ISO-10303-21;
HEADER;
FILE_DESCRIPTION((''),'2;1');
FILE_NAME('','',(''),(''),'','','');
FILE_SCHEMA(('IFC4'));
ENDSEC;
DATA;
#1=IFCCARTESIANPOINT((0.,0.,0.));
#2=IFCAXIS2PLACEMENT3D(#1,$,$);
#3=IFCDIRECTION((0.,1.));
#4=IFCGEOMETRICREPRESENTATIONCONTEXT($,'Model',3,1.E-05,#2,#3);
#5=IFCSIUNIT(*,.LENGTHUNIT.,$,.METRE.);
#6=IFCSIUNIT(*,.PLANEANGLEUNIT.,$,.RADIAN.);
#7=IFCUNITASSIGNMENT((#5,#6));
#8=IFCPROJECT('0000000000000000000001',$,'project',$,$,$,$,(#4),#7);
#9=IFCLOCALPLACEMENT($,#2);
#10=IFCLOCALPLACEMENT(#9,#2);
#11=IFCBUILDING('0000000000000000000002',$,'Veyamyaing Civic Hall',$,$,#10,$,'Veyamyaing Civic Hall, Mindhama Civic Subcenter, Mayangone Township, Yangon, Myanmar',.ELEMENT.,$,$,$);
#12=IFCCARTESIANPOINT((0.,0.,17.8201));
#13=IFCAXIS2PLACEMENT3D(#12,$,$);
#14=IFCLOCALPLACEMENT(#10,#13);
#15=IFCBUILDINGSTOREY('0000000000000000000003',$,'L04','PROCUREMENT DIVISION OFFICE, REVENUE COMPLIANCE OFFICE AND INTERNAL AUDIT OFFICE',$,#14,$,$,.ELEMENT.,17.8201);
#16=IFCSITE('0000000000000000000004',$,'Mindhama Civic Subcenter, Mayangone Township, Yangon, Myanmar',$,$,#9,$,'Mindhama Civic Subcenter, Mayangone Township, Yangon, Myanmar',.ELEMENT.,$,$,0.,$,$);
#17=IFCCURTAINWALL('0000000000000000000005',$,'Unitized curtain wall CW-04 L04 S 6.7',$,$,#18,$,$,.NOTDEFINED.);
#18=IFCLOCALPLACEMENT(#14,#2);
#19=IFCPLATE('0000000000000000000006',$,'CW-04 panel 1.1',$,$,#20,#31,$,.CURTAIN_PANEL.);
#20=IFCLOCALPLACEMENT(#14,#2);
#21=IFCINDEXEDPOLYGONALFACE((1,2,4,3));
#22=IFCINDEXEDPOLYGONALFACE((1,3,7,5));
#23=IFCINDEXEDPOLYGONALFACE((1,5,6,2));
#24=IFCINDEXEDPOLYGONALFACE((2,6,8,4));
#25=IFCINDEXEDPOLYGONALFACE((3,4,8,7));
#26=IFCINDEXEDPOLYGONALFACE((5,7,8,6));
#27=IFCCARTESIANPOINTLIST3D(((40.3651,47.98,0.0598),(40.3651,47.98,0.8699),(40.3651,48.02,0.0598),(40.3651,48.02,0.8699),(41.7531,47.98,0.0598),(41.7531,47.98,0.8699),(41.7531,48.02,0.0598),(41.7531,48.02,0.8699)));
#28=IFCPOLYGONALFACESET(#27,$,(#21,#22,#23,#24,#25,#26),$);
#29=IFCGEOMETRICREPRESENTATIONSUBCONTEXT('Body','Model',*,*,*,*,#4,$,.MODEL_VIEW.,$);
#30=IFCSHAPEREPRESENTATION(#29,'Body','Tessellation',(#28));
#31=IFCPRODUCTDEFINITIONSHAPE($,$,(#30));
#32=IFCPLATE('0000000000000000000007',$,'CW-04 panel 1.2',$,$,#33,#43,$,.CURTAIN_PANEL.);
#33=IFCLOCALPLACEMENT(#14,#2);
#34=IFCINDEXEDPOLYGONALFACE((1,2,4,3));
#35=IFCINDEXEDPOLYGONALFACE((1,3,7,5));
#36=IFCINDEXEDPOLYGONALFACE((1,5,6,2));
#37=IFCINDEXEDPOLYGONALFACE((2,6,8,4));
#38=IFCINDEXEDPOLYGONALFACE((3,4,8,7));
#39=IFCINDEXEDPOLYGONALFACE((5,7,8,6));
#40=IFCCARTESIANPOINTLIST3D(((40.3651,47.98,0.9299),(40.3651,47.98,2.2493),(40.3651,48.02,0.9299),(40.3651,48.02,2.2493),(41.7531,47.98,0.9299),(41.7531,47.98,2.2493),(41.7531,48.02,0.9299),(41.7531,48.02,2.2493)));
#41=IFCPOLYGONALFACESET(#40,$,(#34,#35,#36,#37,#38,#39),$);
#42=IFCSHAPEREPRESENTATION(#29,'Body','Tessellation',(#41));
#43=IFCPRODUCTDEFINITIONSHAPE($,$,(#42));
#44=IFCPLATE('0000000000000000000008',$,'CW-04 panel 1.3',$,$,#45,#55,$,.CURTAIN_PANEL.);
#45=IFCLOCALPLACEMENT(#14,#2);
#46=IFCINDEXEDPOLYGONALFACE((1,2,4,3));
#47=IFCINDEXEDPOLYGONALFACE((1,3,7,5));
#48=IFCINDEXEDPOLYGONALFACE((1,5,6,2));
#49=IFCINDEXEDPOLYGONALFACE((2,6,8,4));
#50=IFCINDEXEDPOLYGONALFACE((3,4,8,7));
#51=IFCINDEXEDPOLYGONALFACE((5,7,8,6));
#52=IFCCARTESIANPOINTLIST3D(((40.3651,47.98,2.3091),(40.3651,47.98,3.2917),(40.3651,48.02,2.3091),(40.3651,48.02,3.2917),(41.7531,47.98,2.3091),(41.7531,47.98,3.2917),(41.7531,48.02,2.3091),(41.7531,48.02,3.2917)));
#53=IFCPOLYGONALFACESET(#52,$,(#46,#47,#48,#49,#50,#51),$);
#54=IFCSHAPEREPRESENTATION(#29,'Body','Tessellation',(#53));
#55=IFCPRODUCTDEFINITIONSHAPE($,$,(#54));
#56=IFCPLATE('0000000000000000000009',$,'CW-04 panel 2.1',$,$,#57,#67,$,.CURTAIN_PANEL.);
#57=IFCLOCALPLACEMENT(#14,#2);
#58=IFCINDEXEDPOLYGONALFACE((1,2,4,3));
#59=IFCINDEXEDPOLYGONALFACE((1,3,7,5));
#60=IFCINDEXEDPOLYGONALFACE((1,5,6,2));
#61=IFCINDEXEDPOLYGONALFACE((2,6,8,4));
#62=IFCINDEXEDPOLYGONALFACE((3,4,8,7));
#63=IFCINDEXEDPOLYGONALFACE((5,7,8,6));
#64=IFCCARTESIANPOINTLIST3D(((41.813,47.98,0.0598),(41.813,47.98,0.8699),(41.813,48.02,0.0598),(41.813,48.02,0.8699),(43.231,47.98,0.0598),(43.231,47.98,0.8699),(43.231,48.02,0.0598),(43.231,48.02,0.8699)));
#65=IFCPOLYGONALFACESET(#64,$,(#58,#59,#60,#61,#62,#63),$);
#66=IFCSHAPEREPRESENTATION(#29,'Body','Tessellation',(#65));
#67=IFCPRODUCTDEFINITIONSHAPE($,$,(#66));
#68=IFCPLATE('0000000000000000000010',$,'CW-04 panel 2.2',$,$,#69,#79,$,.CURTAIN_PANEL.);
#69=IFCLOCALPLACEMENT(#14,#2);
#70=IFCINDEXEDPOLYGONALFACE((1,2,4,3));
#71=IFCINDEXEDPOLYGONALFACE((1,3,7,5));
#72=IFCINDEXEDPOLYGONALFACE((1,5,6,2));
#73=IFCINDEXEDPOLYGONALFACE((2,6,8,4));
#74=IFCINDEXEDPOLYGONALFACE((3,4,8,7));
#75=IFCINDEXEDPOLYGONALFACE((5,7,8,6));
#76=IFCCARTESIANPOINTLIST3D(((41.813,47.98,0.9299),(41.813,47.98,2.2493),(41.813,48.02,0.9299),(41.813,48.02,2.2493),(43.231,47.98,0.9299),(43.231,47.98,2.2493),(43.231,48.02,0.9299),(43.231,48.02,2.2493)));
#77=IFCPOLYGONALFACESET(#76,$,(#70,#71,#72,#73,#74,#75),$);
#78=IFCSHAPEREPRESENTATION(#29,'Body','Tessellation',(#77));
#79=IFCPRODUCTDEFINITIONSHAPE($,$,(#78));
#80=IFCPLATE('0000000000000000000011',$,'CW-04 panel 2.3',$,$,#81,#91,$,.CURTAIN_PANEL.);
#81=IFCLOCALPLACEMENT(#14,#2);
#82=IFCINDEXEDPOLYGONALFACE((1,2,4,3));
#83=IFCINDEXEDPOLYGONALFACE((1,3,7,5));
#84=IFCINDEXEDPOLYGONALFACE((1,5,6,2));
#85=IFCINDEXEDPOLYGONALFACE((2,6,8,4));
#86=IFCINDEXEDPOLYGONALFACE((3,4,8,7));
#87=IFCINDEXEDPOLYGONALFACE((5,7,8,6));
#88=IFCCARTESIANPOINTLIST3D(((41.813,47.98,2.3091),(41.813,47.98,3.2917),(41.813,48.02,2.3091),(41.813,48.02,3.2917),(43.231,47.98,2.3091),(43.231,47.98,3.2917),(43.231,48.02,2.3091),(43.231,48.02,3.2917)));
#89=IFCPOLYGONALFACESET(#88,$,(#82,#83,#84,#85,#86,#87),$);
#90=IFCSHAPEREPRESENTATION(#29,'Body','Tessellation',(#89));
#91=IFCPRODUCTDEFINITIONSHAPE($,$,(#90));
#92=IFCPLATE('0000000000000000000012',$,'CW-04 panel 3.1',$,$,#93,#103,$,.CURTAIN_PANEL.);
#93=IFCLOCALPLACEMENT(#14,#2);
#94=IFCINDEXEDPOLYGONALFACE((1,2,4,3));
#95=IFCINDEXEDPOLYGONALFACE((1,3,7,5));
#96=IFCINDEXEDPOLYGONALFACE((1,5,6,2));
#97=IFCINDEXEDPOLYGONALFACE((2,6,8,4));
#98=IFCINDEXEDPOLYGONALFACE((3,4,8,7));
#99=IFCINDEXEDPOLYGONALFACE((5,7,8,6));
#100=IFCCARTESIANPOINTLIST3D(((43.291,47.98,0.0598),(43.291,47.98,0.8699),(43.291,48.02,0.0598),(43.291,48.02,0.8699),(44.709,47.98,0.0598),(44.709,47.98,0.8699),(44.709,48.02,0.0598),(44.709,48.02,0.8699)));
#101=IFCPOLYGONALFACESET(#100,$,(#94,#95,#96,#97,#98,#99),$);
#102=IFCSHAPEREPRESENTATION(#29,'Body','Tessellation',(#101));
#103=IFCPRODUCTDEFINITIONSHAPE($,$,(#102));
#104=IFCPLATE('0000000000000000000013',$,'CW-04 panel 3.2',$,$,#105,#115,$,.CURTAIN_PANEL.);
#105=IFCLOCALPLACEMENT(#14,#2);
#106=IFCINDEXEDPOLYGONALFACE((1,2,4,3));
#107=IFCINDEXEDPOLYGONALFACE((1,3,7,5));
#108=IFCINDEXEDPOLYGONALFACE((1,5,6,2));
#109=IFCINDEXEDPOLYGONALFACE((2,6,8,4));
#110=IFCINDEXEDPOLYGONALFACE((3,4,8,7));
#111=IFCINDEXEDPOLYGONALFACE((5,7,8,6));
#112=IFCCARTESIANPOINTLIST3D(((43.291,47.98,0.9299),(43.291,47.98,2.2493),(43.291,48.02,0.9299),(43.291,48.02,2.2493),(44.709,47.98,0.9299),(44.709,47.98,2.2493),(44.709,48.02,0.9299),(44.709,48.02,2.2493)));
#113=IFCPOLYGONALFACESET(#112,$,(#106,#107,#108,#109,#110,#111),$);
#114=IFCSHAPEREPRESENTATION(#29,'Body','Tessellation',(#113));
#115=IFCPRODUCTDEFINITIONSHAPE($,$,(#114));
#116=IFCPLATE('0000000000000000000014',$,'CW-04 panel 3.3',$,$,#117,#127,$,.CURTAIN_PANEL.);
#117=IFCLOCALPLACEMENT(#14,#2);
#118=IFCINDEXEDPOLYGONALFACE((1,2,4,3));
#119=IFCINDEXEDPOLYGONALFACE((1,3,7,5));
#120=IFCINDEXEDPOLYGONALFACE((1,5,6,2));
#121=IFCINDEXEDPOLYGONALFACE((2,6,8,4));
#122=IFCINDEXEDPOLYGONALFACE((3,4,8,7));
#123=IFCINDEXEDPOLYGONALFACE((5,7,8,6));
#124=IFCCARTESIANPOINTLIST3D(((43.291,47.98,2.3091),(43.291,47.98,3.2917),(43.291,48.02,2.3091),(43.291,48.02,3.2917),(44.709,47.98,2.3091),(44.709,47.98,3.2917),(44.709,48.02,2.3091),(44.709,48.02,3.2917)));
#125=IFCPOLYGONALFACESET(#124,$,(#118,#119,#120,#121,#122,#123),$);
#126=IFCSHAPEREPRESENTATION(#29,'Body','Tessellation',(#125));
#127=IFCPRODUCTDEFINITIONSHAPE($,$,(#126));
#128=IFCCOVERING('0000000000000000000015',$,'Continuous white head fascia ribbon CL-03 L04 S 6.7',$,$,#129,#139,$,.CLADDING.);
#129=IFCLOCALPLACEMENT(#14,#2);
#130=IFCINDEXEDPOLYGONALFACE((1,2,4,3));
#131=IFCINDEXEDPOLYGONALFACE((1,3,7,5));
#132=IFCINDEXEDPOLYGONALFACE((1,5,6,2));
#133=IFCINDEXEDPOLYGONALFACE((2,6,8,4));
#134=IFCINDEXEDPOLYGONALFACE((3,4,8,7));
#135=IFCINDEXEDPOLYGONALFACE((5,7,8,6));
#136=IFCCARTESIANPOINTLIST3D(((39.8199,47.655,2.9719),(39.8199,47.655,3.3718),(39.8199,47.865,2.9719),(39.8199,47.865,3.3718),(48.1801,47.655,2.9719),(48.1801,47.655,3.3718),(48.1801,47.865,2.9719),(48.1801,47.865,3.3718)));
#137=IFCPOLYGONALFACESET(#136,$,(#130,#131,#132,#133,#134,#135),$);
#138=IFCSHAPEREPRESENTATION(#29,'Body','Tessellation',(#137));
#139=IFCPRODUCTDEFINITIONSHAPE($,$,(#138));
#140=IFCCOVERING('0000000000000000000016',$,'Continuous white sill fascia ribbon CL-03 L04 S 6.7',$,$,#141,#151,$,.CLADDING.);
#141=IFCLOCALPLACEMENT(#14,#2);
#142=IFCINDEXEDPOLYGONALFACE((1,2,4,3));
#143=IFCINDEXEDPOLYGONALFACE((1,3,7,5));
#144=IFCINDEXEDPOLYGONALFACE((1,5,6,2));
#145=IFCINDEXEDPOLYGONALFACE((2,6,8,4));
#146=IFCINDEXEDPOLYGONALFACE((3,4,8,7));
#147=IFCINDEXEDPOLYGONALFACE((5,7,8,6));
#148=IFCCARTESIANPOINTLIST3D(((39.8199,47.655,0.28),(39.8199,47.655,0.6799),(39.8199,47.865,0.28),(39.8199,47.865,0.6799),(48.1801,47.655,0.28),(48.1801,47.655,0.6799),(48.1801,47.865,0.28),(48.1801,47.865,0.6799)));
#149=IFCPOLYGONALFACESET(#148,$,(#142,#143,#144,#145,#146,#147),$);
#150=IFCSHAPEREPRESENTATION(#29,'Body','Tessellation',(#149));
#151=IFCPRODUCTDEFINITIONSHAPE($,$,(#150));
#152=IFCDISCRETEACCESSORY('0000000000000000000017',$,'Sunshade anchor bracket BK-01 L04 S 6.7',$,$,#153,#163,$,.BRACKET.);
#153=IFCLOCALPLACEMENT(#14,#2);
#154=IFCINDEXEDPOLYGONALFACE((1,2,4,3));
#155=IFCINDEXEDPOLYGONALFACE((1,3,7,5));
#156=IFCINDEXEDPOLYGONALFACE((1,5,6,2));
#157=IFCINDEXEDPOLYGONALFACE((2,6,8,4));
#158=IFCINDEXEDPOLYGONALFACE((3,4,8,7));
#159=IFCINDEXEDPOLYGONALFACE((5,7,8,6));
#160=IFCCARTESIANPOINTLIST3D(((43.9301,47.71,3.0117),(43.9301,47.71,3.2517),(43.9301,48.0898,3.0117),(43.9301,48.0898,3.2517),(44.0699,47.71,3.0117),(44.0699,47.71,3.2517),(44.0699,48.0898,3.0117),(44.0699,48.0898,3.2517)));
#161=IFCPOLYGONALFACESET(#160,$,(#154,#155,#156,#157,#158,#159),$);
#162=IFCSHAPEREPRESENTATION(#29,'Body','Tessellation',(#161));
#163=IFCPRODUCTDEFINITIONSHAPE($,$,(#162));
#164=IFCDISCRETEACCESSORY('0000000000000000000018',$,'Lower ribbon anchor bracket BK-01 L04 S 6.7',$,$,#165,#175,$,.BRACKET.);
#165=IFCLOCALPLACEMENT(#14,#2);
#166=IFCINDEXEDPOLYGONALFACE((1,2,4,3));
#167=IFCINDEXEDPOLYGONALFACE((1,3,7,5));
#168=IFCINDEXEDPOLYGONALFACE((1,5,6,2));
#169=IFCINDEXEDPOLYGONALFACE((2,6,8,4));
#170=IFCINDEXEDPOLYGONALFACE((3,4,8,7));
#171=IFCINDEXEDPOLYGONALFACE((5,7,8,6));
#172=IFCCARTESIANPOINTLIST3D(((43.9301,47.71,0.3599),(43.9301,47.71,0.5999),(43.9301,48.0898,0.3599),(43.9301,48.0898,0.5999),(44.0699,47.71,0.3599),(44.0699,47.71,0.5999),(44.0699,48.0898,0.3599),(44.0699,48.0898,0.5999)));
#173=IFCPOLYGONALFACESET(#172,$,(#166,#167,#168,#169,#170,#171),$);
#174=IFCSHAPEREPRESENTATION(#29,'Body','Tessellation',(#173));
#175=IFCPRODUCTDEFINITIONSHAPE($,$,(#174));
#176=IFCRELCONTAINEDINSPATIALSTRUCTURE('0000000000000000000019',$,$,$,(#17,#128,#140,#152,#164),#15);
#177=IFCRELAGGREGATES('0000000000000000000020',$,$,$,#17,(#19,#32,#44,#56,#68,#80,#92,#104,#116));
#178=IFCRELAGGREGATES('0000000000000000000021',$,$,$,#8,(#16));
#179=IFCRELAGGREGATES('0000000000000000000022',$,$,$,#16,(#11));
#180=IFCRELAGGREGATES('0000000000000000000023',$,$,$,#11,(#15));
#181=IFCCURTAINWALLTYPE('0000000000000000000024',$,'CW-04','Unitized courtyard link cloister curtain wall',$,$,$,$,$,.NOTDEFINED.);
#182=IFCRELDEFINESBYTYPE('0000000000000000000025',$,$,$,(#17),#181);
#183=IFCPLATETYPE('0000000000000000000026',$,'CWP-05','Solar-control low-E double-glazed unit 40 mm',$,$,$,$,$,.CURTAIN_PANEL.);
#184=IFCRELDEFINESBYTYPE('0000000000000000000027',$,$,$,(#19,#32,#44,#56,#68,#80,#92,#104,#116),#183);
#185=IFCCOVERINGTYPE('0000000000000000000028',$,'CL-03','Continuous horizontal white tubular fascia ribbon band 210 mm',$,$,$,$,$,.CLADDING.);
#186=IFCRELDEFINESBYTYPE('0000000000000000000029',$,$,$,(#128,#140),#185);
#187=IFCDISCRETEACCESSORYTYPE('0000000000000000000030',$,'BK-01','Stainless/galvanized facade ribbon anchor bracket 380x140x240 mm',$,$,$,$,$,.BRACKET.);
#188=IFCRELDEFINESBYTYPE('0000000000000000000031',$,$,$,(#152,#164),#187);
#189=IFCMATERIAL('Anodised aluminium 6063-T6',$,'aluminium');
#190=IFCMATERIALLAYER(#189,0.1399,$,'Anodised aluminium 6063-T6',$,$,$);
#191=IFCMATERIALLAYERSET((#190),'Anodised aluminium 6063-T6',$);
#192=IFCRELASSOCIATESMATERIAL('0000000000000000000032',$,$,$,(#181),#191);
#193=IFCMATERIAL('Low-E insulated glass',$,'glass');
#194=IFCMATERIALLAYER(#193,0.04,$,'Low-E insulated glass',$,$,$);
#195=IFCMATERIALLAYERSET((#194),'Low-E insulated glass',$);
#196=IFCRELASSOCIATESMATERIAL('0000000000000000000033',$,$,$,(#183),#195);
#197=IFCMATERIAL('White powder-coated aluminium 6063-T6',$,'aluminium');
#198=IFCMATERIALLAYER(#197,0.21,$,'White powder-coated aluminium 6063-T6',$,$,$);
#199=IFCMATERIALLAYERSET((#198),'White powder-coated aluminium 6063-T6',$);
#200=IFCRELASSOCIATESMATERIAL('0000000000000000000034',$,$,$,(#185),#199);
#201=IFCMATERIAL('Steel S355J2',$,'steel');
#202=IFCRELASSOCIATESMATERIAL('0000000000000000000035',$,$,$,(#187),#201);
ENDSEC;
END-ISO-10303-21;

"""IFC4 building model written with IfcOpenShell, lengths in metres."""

from ifc_helpers import new_model, si_unit, direction, frame, origin, origin_2d, place, context, subcontext, project, spatial, rectangle, extrude, material, layer, layer_set, type_object, element, aggregate, save


model = new_model("IFC4")

# Units and contexts
model_context = context("Model", 3, precision=1e-05, world=origin(), true_north=direction((0.0, 1.0)))
body_context = subcontext(model_context, "Body", "Model", "MODEL_VIEW")
ifc_project = project(units=[si_unit("LENGTHUNIT", "METRE"), si_unit("PLANEANGLEUNIT", "RADIAN")], contexts=[model_context])

# Site, building, storey
site_placement = place(None, origin())
site = spatial("IfcSite", under=ifc_project, at=site_placement, Name="Mindhama Civic Subcenter, Mayangone Township, Yangon, Myanmar", LongName="Mindhama Civic Subcenter, Mayangone Township, Yangon, Myanmar", CompositionType="ELEMENT", RefElevation=0.0)
building_placement = place(site_placement, origin())
building = spatial("IfcBuilding", under=site, at=building_placement, Name="Veyamyaing Civic Hall", LongName="Veyamyaing Civic Hall, Mindhama Civic Subcenter, Mayangone Township, Yangon, Myanmar", CompositionType="ELEMENT")
storey_placement = place(building_placement, frame((0.0, 0.0, 17.8201)))
storey = spatial("IfcBuildingStorey", under=building, at=storey_placement, Name="L04", Description="PROCUREMENT DIVISION OFFICE, REVENUE COMPLIANCE OFFICE AND INTERNAL AUDIT OFFICE", CompositionType="ELEMENT", Elevation=17.8201)

# Curtain wall, plates
ifc_material_1 = material(Name="Anodised aluminium 6063-T6", Category="aluminium")
ifc_layer_1 = layer(ifc_material_1, 0.1399, Name="Anodised aluminium 6063-T6")
ifc_layer_set_1 = layer_set([ifc_layer_1], Name="Anodised aluminium 6063-T6")
curtain_wall_type = type_object("IfcCurtainWallType", Name="CW-04", Description="Unitized courtyard link cloister curtain wall", PredefinedType="NOTDEFINED", material=ifc_layer_set_1)
curtain_wall_placement = place(storey_placement, origin())
curtain_wall = element("IfcCurtainWall", 1, at=curtain_wall_placement, inside=storey, type_object=curtain_wall_type, Name="Unitized curtain wall CW-04 L04 S 6.7", PredefinedType="NOTDEFINED")
ifc_material_2 = material(Name="Low-E insulated glass", Category="glass")
ifc_layer_2 = layer(ifc_material_2, 0.04, Name="Low-E insulated glass")
ifc_layer_set_2 = layer_set([ifc_layer_2], Name="Low-E insulated glass")
plate_type = type_object("IfcPlateType", Name="CWP-05", Description="Solar-control low-E double-glazed unit 40 mm", PredefinedType="CURTAIN_PANEL", material=ifc_layer_set_2)
plate_1_placement = place(storey_placement, frame((41.0591, 48.0, 0.0598), z_axis=(0.0, 0.0, 1.0), x_axis=(1.0, 0.0, 0.0)))
plate_1 = element("IfcPlate", 2, at=plate_1_placement, type_object=plate_type, Name="CW-04 panel 1.1", PredefinedType="CURTAIN_PANEL", context=body_context, shape_type="SweptSolid", body=[
    extrude(rectangle(XDim=1.3879, YDim=0.04, at=origin_2d()), origin(), (0.0, 0.0, 1.0), 0.8101),
])
plate_2_placement = place(storey_placement, frame((41.0591, 48.0, 0.9299), z_axis=(0.0, 0.0, 1.0), x_axis=(1.0, 0.0, 0.0)))
plate_2 = element("IfcPlate", 3, at=plate_2_placement, type_object=plate_type, Name="CW-04 panel 1.2", PredefinedType="CURTAIN_PANEL", context=body_context, shape_type="SweptSolid", body=[
    extrude(rectangle(XDim=1.3879, YDim=0.04, at=origin_2d()), origin(), (0.0, 0.0, 1.0), 1.3193),
])
plate_3_placement = place(storey_placement, frame((41.0591, 48.0, 2.3091), z_axis=(0.0, 0.0, 1.0), x_axis=(1.0, 0.0, 0.0)))
plate_3 = element("IfcPlate", 4, at=plate_3_placement, type_object=plate_type, Name="CW-04 panel 1.3", PredefinedType="CURTAIN_PANEL", context=body_context, shape_type="SweptSolid", body=[
    extrude(rectangle(XDim=1.3879, YDim=0.04, at=origin_2d()), origin(), (0.0, 0.0, 1.0), 0.9827),
])
plate_4_placement = place(storey_placement, frame((42.522, 48.0, 0.0598), z_axis=(0.0, 0.0, 1.0), x_axis=(1.0, 0.0, 0.0)))
plate_4 = element("IfcPlate", 5, at=plate_4_placement, type_object=plate_type, Name="CW-04 panel 2.1", PredefinedType="CURTAIN_PANEL", context=body_context, shape_type="SweptSolid", body=[
    extrude(rectangle(XDim=1.418, YDim=0.04, at=origin_2d()), origin(), (0.0, 0.0, 1.0), 0.8101),
])
plate_5_placement = place(storey_placement, frame((42.522, 48.0, 0.9299), z_axis=(0.0, 0.0, 1.0), x_axis=(1.0, 0.0, 0.0)))
plate_5 = element("IfcPlate", 6, at=plate_5_placement, type_object=plate_type, Name="CW-04 panel 2.2", PredefinedType="CURTAIN_PANEL", context=body_context, shape_type="SweptSolid", body=[
    extrude(rectangle(XDim=1.418, YDim=0.04, at=origin_2d()), origin(), (0.0, 0.0, 1.0), 1.3193),
])
plate_6_placement = place(storey_placement, frame((42.522, 48.0, 2.3091), z_axis=(0.0, 0.0, 1.0), x_axis=(1.0, 0.0, 0.0)))
plate_6 = element("IfcPlate", 7, at=plate_6_placement, type_object=plate_type, Name="CW-04 panel 2.3", PredefinedType="CURTAIN_PANEL", context=body_context, shape_type="SweptSolid", body=[
    extrude(rectangle(XDim=1.418, YDim=0.04, at=origin_2d()), origin(), (0.0, 0.0, 1.0), 0.9827),
])
plate_7_placement = place(storey_placement, frame((44.0, 48.0, 0.0598), z_axis=(0.0, 0.0, 1.0), x_axis=(1.0, 0.0, 0.0)))
plate_7 = element("IfcPlate", 8, at=plate_7_placement, type_object=plate_type, Name="CW-04 panel 3.1", PredefinedType="CURTAIN_PANEL", context=body_context, shape_type="SweptSolid", body=[
    extrude(rectangle(XDim=1.418, YDim=0.04, at=origin_2d()), origin(), (0.0, 0.0, 1.0), 0.8101),
])
plate_8_placement = place(storey_placement, frame((44.0, 48.0, 0.9299), z_axis=(0.0, 0.0, 1.0), x_axis=(1.0, 0.0, 0.0)))
plate_8 = element("IfcPlate", 9, at=plate_8_placement, type_object=plate_type, Name="CW-04 panel 3.2", PredefinedType="CURTAIN_PANEL", context=body_context, shape_type="SweptSolid", body=[
    extrude(rectangle(XDim=1.418, YDim=0.04, at=origin_2d()), origin(), (0.0, 0.0, 1.0), 1.3193),
])
plate_9_placement = place(storey_placement, frame((44.0, 48.0, 2.3091), z_axis=(0.0, 0.0, 1.0), x_axis=(1.0, 0.0, 0.0)))
plate_9 = element("IfcPlate", 10, at=plate_9_placement, type_object=plate_type, Name="CW-04 panel 3.3", PredefinedType="CURTAIN_PANEL", context=body_context, shape_type="SweptSolid", body=[
    extrude(rectangle(XDim=1.418, YDim=0.04, at=origin_2d()), origin(), (0.0, 0.0, 1.0), 0.9827),
])
aggregate(curtain_wall, [plate_1, plate_2, plate_3, plate_4, plate_5, plate_6, plate_7, plate_8, plate_9])

# Coverings
ifc_material_3 = material(Name="White powder-coated aluminium 6063-T6", Category="aluminium")
ifc_layer_3 = layer(ifc_material_3, 0.21, Name="White powder-coated aluminium 6063-T6")
ifc_layer_set_3 = layer_set([ifc_layer_3], Name="White powder-coated aluminium 6063-T6")
covering_type = type_object("IfcCoveringType", Name="CL-03", Description="Continuous horizontal white tubular fascia ribbon band 210 mm", PredefinedType="CLADDING", material=ifc_layer_set_3)
for number, where, z_axis, x_axis, name in (
    (11, (44.0, 47.76, 2.9719), (0.0, 0.0, 1.0), (1.0, 0.0, 0.0), "Continuous white head fascia ribbon CL-03 L04 S 6.7"),
    (12, (44.0, 47.76, 0.28), (0.0, 0.0, 1.0), (1.0, 0.0, 0.0), "Continuous white sill fascia ribbon CL-03 L04 S 6.7"),
):
    element("IfcCovering", number, at=place(storey_placement, frame(where, z_axis=z_axis, x_axis=x_axis)), inside=storey, type_object=covering_type, Name=name, PredefinedType="CLADDING", context=body_context, shape_type="SweptSolid", body=[
        extrude(rectangle(XDim=8.3601, YDim=0.21, at=origin_2d()), origin(), (0.0, 0.0, 1.0), 0.3999),
    ])

# Discrete accessories
ifc_material_4 = material(Name="Steel S355J2", Category="steel")
discrete_accessory_type = type_object("IfcDiscreteAccessoryType", Name="BK-01", Description="Stainless/galvanized facade ribbon anchor bracket 380x140x240 mm", PredefinedType="BRACKET", material=ifc_material_4)
for number, where, z_axis, x_axis, name in (
    (13, (44.0, 47.8999, 3.0117), (0.0, 0.0, 1.0), (0.0, -1.0, 0.0), "Sunshade anchor bracket BK-01 L04 S 6.7"),
    (14, (44.0, 47.8999, 0.3599), (0.0, 0.0, 1.0), (0.0, -1.0, 0.0), "Lower ribbon anchor bracket BK-01 L04 S 6.7"),
):
    element("IfcDiscreteAccessory", number, at=place(storey_placement, frame(where, z_axis=z_axis, x_axis=x_axis)), inside=storey, type_object=discrete_accessory_type, Name=name, PredefinedType="BRACKET", context=body_context, shape_type="SweptSolid", body=[
        extrude(rectangle(XDim=0.3799, YDim=0.1399, at=origin_2d()), origin(), (0.0, 0.0, 1.0), 0.24),
    ])

save(model, "model.ifc")
